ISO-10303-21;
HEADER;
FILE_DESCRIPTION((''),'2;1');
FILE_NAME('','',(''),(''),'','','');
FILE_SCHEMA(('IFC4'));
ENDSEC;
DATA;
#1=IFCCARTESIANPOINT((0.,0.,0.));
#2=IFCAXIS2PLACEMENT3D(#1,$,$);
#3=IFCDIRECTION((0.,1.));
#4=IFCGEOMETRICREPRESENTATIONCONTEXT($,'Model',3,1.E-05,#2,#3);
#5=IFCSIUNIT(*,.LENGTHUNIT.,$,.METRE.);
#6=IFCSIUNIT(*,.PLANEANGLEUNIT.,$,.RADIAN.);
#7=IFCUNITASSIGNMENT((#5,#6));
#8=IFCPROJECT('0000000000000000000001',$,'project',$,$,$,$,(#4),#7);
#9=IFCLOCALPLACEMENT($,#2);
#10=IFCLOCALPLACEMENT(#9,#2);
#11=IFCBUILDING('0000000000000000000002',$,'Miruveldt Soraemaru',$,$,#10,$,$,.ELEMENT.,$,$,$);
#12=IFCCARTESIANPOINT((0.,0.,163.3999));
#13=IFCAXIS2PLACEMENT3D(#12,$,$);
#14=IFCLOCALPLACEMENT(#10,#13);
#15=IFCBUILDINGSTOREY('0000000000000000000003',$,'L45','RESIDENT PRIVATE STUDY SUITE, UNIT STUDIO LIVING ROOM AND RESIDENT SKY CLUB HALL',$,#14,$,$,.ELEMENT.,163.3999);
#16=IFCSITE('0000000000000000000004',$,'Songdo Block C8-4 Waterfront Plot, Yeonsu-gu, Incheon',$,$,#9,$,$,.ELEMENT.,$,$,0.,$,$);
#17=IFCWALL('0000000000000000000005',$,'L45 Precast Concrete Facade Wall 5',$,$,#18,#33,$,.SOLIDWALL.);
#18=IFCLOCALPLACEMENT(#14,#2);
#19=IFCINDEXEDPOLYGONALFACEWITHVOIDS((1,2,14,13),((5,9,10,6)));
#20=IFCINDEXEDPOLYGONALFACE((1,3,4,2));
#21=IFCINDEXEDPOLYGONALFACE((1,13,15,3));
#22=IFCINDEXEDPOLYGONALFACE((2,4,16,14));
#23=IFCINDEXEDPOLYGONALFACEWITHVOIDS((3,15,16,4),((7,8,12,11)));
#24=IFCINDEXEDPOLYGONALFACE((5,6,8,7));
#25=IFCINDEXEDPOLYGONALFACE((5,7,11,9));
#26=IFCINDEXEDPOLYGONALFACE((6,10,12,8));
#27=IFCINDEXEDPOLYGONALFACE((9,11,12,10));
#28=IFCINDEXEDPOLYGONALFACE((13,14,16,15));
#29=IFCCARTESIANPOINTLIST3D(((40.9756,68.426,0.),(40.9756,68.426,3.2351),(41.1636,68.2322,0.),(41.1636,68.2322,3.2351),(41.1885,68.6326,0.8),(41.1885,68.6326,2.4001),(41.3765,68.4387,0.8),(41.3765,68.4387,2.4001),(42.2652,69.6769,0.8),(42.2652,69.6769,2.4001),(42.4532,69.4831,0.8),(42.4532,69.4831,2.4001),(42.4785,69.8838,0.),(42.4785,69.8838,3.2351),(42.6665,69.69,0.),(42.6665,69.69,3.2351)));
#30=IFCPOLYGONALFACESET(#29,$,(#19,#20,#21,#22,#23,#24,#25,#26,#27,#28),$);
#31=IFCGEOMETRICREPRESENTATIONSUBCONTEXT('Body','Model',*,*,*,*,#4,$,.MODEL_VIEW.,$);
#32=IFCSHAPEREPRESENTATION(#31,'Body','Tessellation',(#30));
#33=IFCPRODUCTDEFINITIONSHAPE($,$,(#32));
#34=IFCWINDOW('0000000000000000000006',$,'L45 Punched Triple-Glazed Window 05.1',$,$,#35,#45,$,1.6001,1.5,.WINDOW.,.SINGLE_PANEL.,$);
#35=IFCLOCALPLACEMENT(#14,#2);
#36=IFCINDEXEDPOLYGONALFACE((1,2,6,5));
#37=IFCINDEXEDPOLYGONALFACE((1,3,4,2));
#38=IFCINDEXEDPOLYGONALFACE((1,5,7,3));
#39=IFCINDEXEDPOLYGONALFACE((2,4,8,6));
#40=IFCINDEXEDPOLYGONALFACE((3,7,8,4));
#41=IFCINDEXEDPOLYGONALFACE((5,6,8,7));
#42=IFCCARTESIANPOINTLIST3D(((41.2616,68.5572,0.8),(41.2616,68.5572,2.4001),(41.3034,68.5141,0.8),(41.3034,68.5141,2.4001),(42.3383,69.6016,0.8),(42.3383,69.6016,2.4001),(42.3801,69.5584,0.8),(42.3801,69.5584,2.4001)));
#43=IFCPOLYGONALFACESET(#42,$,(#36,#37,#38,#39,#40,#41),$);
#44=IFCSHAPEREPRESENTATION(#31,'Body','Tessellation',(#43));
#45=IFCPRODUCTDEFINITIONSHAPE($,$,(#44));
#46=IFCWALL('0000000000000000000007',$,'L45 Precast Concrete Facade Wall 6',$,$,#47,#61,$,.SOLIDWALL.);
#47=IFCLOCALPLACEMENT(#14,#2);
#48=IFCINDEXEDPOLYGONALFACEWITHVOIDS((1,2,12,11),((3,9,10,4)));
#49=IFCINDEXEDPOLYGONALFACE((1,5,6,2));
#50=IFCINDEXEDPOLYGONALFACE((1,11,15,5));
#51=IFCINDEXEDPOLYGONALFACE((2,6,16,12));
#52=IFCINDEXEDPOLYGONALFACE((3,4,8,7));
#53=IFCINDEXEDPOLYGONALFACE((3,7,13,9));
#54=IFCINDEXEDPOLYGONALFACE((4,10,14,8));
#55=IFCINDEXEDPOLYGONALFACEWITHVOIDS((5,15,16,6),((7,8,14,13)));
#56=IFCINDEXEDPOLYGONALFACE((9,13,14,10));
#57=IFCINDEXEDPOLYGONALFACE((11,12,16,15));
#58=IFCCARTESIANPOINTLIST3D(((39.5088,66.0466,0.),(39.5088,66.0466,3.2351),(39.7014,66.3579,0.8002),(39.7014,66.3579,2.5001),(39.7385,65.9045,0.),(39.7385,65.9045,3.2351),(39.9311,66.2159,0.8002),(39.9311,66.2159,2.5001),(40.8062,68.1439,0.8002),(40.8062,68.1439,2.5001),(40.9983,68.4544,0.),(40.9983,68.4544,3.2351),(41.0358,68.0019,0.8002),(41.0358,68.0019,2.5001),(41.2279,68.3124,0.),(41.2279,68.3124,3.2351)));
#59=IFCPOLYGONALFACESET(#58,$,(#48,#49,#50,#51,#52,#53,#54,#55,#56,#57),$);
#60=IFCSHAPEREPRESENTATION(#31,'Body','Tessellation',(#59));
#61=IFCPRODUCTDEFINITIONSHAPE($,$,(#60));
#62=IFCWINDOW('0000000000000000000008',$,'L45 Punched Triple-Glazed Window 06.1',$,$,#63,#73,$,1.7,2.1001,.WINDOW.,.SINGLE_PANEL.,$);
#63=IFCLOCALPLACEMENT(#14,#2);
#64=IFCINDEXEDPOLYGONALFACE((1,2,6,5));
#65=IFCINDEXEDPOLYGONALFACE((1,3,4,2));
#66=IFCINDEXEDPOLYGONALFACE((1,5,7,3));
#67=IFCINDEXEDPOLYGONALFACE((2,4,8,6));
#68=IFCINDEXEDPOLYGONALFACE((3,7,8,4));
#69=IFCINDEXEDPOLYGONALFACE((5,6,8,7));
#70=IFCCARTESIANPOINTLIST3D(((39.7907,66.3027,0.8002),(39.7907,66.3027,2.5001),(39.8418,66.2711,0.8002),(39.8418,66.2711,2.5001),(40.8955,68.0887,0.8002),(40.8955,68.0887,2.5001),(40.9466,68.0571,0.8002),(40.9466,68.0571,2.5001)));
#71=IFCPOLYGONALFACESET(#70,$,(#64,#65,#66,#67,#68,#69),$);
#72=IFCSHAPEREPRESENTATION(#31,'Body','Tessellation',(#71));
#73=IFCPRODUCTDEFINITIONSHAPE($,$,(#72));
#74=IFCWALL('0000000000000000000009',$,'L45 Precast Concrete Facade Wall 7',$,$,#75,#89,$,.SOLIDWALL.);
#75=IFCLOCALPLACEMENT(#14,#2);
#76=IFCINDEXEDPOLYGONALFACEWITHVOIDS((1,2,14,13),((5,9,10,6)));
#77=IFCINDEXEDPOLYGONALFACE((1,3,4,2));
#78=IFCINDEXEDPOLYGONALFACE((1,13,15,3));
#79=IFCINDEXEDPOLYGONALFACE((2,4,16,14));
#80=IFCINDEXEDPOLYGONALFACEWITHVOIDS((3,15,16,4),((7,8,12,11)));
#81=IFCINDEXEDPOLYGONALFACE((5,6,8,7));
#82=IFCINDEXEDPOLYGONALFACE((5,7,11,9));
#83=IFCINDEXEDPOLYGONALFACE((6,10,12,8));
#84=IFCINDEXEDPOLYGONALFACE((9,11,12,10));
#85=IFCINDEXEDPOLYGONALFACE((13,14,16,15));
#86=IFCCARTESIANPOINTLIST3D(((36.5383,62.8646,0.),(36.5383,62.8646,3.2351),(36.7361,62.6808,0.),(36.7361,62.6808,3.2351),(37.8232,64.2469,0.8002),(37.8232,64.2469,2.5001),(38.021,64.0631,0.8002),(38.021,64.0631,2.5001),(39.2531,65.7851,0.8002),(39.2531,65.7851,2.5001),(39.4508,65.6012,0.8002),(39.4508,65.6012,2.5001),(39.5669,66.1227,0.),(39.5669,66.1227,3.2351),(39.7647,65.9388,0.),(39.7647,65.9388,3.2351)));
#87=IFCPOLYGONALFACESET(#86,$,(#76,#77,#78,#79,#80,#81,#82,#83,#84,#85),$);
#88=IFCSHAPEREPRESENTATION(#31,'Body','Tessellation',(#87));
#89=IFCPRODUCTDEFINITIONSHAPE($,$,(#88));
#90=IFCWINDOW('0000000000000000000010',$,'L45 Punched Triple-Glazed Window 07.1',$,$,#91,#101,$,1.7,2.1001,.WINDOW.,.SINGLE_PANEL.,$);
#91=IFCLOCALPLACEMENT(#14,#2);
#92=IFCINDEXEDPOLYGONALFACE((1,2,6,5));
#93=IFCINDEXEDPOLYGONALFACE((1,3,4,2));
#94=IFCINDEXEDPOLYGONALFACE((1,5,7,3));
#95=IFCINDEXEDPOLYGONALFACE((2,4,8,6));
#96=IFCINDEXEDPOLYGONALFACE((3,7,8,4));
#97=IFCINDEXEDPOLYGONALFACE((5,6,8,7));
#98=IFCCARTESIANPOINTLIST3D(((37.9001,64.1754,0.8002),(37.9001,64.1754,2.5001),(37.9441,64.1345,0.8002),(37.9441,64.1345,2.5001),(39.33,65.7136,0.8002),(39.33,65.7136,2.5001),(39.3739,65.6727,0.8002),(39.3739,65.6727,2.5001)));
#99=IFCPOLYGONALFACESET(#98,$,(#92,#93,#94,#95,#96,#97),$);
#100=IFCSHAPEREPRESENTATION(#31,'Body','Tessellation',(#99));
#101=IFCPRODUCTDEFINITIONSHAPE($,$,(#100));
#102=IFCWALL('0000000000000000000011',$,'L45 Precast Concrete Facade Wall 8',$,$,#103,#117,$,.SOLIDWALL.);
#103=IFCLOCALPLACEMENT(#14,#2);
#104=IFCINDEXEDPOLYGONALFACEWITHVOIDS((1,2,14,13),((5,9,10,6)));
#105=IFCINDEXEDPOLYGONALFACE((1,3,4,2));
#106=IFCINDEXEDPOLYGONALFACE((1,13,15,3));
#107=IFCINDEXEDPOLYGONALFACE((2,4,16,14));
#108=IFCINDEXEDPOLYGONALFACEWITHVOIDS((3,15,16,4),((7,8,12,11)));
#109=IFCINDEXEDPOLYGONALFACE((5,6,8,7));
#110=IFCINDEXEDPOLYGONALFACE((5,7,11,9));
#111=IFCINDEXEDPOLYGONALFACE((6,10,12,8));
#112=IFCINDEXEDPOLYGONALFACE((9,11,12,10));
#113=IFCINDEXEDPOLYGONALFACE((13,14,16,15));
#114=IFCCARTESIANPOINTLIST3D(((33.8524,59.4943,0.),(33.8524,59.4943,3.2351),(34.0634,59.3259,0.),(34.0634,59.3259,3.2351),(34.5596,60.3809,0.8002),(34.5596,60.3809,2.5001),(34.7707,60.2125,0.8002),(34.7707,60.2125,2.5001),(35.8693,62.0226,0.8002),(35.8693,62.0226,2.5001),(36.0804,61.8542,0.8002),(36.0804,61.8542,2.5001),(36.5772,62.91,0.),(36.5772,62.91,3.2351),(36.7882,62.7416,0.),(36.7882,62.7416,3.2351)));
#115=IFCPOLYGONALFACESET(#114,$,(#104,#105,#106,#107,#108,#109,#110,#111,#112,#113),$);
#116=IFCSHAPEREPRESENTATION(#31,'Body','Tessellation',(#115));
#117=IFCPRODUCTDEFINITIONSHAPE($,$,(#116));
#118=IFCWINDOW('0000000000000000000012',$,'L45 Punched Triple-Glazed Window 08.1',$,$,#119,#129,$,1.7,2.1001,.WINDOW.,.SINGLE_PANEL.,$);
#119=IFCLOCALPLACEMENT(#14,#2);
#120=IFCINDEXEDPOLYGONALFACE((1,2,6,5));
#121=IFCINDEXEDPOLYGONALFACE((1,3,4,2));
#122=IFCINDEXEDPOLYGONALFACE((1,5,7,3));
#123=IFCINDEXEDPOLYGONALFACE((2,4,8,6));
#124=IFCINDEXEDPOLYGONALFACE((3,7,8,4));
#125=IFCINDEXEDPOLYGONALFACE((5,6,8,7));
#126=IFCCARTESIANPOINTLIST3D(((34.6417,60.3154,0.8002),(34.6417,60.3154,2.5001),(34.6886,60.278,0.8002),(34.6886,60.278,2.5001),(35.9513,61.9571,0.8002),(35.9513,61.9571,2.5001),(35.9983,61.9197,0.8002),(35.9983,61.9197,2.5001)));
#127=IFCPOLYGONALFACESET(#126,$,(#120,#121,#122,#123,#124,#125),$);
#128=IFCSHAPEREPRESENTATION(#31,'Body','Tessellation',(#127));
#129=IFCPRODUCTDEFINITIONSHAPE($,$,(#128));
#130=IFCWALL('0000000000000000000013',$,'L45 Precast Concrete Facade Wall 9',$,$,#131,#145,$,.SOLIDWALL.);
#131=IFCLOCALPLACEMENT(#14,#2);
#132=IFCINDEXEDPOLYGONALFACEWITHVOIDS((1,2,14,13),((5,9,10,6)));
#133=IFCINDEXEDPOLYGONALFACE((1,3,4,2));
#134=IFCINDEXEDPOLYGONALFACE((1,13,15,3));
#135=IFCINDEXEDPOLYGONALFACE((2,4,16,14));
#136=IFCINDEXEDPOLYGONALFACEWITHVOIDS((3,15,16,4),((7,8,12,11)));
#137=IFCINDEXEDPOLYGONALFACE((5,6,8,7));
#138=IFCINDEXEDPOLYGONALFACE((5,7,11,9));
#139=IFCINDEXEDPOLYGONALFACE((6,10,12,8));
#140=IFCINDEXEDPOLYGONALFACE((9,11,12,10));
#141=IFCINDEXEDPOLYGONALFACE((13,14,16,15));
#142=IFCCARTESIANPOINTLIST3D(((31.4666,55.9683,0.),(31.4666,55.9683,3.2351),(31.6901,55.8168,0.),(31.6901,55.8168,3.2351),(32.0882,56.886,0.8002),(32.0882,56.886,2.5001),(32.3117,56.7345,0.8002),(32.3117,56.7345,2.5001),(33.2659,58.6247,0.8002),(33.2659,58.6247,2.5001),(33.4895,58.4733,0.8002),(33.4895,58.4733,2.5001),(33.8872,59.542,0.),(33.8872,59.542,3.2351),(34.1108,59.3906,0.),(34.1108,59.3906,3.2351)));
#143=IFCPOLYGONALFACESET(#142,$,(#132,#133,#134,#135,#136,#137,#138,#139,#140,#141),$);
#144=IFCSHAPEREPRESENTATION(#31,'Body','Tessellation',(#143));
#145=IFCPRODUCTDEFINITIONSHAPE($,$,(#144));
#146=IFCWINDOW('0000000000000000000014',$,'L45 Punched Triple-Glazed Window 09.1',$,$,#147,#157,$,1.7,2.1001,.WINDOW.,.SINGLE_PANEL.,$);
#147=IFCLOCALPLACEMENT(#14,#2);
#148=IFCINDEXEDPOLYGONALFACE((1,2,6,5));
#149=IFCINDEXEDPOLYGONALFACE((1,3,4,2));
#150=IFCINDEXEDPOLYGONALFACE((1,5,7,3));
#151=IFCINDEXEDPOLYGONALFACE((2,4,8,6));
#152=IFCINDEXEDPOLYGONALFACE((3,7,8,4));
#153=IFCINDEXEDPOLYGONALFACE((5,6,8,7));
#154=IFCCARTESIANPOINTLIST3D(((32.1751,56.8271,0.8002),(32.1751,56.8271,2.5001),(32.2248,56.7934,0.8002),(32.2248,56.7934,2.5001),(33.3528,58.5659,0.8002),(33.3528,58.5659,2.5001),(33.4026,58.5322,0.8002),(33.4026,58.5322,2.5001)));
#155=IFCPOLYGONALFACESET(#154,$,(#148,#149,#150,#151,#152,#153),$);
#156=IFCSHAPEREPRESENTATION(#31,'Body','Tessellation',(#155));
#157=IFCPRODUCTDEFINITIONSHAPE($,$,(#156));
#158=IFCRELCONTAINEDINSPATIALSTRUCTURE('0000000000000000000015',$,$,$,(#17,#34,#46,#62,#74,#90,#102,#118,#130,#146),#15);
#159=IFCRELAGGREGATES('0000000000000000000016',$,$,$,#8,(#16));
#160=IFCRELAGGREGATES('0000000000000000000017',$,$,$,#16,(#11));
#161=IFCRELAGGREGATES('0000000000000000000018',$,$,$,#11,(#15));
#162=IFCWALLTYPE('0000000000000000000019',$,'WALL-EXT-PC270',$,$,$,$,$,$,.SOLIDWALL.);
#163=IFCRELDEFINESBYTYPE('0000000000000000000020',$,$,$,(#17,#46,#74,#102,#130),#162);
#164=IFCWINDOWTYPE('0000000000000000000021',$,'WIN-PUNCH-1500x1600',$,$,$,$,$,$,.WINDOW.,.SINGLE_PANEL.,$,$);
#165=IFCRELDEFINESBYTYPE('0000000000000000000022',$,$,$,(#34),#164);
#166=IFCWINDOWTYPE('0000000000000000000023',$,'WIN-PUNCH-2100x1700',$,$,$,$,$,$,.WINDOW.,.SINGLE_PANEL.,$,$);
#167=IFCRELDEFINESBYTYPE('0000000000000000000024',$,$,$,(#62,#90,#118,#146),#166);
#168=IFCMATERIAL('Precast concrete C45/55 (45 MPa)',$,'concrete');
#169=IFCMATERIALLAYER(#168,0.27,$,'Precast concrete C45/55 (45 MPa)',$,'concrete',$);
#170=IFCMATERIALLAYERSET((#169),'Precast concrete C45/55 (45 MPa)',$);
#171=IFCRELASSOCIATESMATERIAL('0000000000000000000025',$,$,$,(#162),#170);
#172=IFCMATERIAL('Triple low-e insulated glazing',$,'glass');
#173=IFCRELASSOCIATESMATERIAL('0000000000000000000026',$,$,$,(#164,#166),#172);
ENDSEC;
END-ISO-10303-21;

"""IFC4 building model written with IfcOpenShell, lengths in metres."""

from ifc_helpers import new_model, si_unit, direction, frame, frame_2d, origin, place, context, subcontext, project, spatial, rectangle, extrude, material, layer, layer_set, type_object, element, fill, save


model = new_model("IFC4")

# Units and contexts
model_context = context("Model", 3, precision=1e-05, world=origin(), true_north=direction((0.0, 1.0)))
body_context = subcontext(model_context, "Body", "Model", "MODEL_VIEW")
ifc_project = project(units=[si_unit("LENGTHUNIT", "METRE"), si_unit("PLANEANGLEUNIT", "RADIAN")], contexts=[model_context])

# Site, building, storey
site_placement = place(None, origin())
site = spatial("IfcSite", under=ifc_project, at=site_placement, Name="Songdo Block C8-4 Waterfront Plot, Yeonsu-gu, Incheon", CompositionType="ELEMENT", RefElevation=0.0)
building_placement = place(site_placement, origin())
building = spatial("IfcBuilding", under=site, at=building_placement, Name="Miruveldt Soraemaru", CompositionType="ELEMENT")
storey_placement = place(building_placement, frame((0.0, 0.0, 163.3999)))
storey = spatial("IfcBuildingStorey", under=building, at=storey_placement, Name="L45", Description="RESIDENT PRIVATE STUDY SUITE, UNIT STUDIO LIVING ROOM AND RESIDENT SKY CLUB HALL", CompositionType="ELEMENT", Elevation=163.3999)

# Walls, openings, windows
ifc_material_1 = material(Name="Precast concrete C45/55 (45 MPa)", Category="concrete")
ifc_layer_1 = layer(ifc_material_1, 0.27, Name="Precast concrete C45/55 (45 MPa)", Category="concrete")
ifc_layer_set_1 = layer_set([ifc_layer_1], Name="Precast concrete C45/55 (45 MPa)")
wall_type_1 = type_object("IfcWallType", Name="WALL-EXT-PC270", PredefinedType="SOLIDWALL", material=ifc_layer_set_1)
wall_1_placement = place(storey_placement, frame((42.5725, 69.7869, 0.0), z_axis=(0.0, 0.0, 1.0), x_axis=(-0.71781, -0.696239, 0.0)))
wall_1 = element("IfcWall", 1, at=wall_1_placement, inside=storey, type_object=wall_type_1, Name="L45 Precast Concrete Facade Wall 5", PredefinedType="SOLIDWALL", context=body_context, shape_type="SweptSolid", body=[
    extrude(rectangle(XDim=2.0938, YDim=0.27, at=frame_2d((1.0469, 0.0))), origin(), (0.0, 0.0, 1.0), 3.2351),
])
opening_1_placement = place(wall_1_placement, frame((0.2971, 0.0, 0.8)))
opening_1 = element("IfcOpeningElement", 2, at=opening_1_placement, cuts=wall_1, PredefinedType="OPENING", context=body_context, shape_type="SweptSolid", body=[
    extrude(rectangle(XDim=1.5, YDim=1.6001, at=frame_2d((0.75, 0.8))), frame((0.0, 0.145, 0.0), z_axis=(0.0, -1.0, 0.0), x_axis=(1.0, 0.0, 0.0)), (0.0, 0.0, 1.0), 0.29),
])
ifc_material_2 = material(Name="Triple low-e insulated glazing", Category="glass")
window_type_1 = type_object("IfcWindowType", Name="WIN-PUNCH-1500x1600", PartitioningType="SINGLE_PANEL", PredefinedType="WINDOW", material=ifc_material_2)
window_1_placement = place(opening_1_placement, origin())
window_1 = element("IfcWindow", 3, at=window_1_placement, inside=storey, type_object=window_type_1, Name="L45 Punched Triple-Glazed Window 05.1", OverallHeight=1.6001, OverallWidth=1.5, PartitioningType="SINGLE_PANEL", PredefinedType="WINDOW", context=body_context, shape_type="SweptSolid", body=[
    extrude(rectangle(XDim=1.5, YDim=1.6001, at=frame_2d((0.75, 0.8))), frame((0.0, 0.03, 0.0), z_axis=(0.0, -1.0, 0.0), x_axis=(1.0, 0.0, 0.0)), (0.0, 0.0, 1.0), 0.0601),
])
fill(opening_1, window_1)
wall_2_placement = place(storey_placement, frame((41.113, 68.3833, 0.0), z_axis=(0.0, 0.0, 1.0), x_axis=(-0.526064, -0.850445, 0.0)))
wall_2 = element("IfcWall", 4, at=wall_2_placement, inside=storey, type_object=wall_type_1, Name="L45 Precast Concrete Facade Wall 6", PredefinedType="SOLIDWALL", context=body_context, shape_type="SweptSolid", body=[
    extrude(rectangle(XDim=2.8313, YDim=0.27, at=frame_2d((1.4155, 0.0))), origin(), (0.0, 0.0, 1.0), 3.2351),
])
opening_2_placement = place(wall_2_placement, frame((0.365, 0.0, 0.8)))
opening_2 = element("IfcOpeningElement", 5, at=opening_2_placement, cuts=wall_2, PredefinedType="OPENING", context=body_context, shape_type="SweptSolid", body=[
    extrude(rectangle(XDim=2.1001, YDim=1.7, at=frame_2d((1.05, 0.8501))), frame((0.0, 0.145, 0.0), z_axis=(0.0, -1.0, 0.0), x_axis=(1.0, 0.0, 0.0)), (0.0, 0.0, 1.0), 0.29),
])
window_type_2 = type_object("IfcWindowType", Name="WIN-PUNCH-2100x1700", PartitioningType="SINGLE_PANEL", PredefinedType="WINDOW", material=ifc_material_2)
window_2_placement = place(opening_2_placement, origin())
window_2 = element("IfcWindow", 6, at=window_2_placement, inside=storey, type_object=window_type_2, Name="L45 Punched Triple-Glazed Window 06.1", OverallHeight=1.7, OverallWidth=2.1001, PartitioningType="SINGLE_PANEL", PredefinedType="WINDOW", context=body_context, shape_type="SweptSolid", body=[
    extrude(rectangle(XDim=2.1001, YDim=1.7, at=frame_2d((1.05, 0.8501))), frame((0.0, 0.03, 0.0), z_axis=(0.0, -1.0, 0.0), x_axis=(1.0, 0.0, 0.0)), (0.0, 0.0, 1.0), 0.0601),
])
fill(opening_2, window_2)
wall_3_placement = place(storey_placement, frame((39.6658, 66.0308, 0.0), z_axis=(0.0, 0.0, 1.0), x_axis=(-0.68084, -0.732432, 0.0)))
wall_3 = element("IfcWall", 7, at=wall_3_placement, inside=storey, type_object=wall_type_1, Name="L45 Precast Concrete Facade Wall 7", PredefinedType="SOLIDWALL", context=body_context, shape_type="SweptSolid", body=[
    extrude(rectangle(XDim=4.4482, YDim=0.27, at=frame_2d((2.2241, 0.0))), origin(), (0.0, 0.0, 1.0), 3.2351),
])
opening_3_placement = place(wall_3_placement, frame((0.4609, 0.0, 0.8)))
opening_3 = element("IfcOpeningElement", 8, at=opening_3_placement, cuts=wall_3, PredefinedType="OPENING", context=body_context, shape_type="SweptSolid", body=[
    extrude(rectangle(XDim=2.1001, YDim=1.7, at=frame_2d((1.05, 0.8501))), frame((0.0, 0.145, 0.0), z_axis=(0.0, -1.0, 0.0), x_axis=(1.0, 0.0, 0.0)), (0.0, 0.0, 1.0), 0.29),
])
window_3_placement = place(opening_3_placement, origin())
window_3 = element("IfcWindow", 9, at=window_3_placement, inside=storey, type_object=window_type_2, Name="L45 Punched Triple-Glazed Window 07.1", OverallHeight=1.7, OverallWidth=2.1001, PartitioningType="SINGLE_PANEL", PredefinedType="WINDOW", context=body_context, shape_type="SweptSolid", body=[
    extrude(rectangle(XDim=2.1001, YDim=1.7, at=frame_2d((1.05, 0.8501))), frame((0.0, 0.03, 0.0), z_axis=(0.0, -1.0, 0.0), x_axis=(1.0, 0.0, 0.0)), (0.0, 0.0, 1.0), 0.0601),
])
fill(opening_3, window_3)
wall_4_placement = place(storey_placement, frame((36.6826, 62.8257, 0.0), z_axis=(0.0, 0.0, 1.0), x_axis=(-0.623611, -0.781735, 0.0)))
wall_4 = element("IfcWall", 10, at=wall_4_placement, inside=storey, type_object=wall_type_1, Name="L45 Precast Concrete Facade Wall 8", PredefinedType="SOLIDWALL", context=body_context, shape_type="SweptSolid", body=[
    extrude(rectangle(XDim=4.3694, YDim=0.27, at=frame_2d((2.1846, 0.0))), origin(), (0.0, 0.0, 1.0), 3.2351),
])
opening_4_placement = place(wall_4_placement, frame((1.135, 0.0, 0.8)))
opening_4 = element("IfcOpeningElement", 11, at=opening_4_placement, cuts=wall_4, PredefinedType="OPENING", context=body_context, shape_type="SweptSolid", body=[
    extrude(rectangle(XDim=2.1001, YDim=1.7, at=frame_2d((1.05, 0.8501))), frame((0.0, 0.145, 0.0), z_axis=(0.0, -1.0, 0.0), x_axis=(1.0, 0.0, 0.0)), (0.0, 0.0, 1.0), 0.29),
])
window_4_placement = place(opening_4_placement, origin())
window_4 = element("IfcWindow", 12, at=window_4_placement, inside=storey, type_object=window_type_2, Name="L45 Punched Triple-Glazed Window 08.1", OverallHeight=1.7, OverallWidth=2.1001, PartitioningType="SINGLE_PANEL", PredefinedType="WINDOW", context=body_context, shape_type="SweptSolid", body=[
    extrude(rectangle(XDim=2.1001, YDim=1.7, at=frame_2d((1.05, 0.8501))), frame((0.0, 0.03, 0.0), z_axis=(0.0, -1.0, 0.0), x_axis=(1.0, 0.0, 0.0)), (0.0, 0.0, 1.0), 0.0601),
])
fill(opening_4, window_4)
wall_5_placement = place(storey_placement, frame((33.999, 59.4663, 0.0), z_axis=(0.0, 0.0, 1.0), x_axis=(-0.560807, -0.827947, 0.0)))
wall_5 = element("IfcWall", 13, at=wall_5_placement, inside=storey, type_object=wall_type_1, Name="L45 Precast Concrete Facade Wall 9", PredefinedType="SOLIDWALL", context=body_context, shape_type="SweptSolid", body=[
    extrude(rectangle(XDim=4.3164, YDim=0.27, at=frame_2d((2.1582, 0.0))), origin(), (0.0, 0.0, 1.0), 3.2351),
])
opening_5_placement = place(wall_5_placement, frame((1.1079, 0.0, 0.8)))
opening_5 = element("IfcOpeningElement", 14, at=opening_5_placement, cuts=wall_5, PredefinedType="OPENING", context=body_context, shape_type="SweptSolid", body=[
    extrude(rectangle(XDim=2.1001, YDim=1.7, at=frame_2d((1.05, 0.8501))), frame((0.0, 0.145, 0.0), z_axis=(0.0, -1.0, 0.0), x_axis=(1.0, 0.0, 0.0)), (0.0, 0.0, 1.0), 0.29),
])
window_5_placement = place(opening_5_placement, origin())
window_5 = element("IfcWindow", 15, at=window_5_placement, inside=storey, type_object=window_type_2, Name="L45 Punched Triple-Glazed Window 09.1", OverallHeight=1.7, OverallWidth=2.1001, PartitioningType="SINGLE_PANEL", PredefinedType="WINDOW", context=body_context, shape_type="SweptSolid", body=[
    extrude(rectangle(XDim=2.1001, YDim=1.7, at=frame_2d((1.05, 0.8501))), frame((0.0, 0.03, 0.0), z_axis=(0.0, -1.0, 0.0), x_axis=(1.0, 0.0, 0.0)), (0.0, 0.0, 1.0), 0.0601),
])
fill(opening_5, window_5)

save(model, "model.ifc")
